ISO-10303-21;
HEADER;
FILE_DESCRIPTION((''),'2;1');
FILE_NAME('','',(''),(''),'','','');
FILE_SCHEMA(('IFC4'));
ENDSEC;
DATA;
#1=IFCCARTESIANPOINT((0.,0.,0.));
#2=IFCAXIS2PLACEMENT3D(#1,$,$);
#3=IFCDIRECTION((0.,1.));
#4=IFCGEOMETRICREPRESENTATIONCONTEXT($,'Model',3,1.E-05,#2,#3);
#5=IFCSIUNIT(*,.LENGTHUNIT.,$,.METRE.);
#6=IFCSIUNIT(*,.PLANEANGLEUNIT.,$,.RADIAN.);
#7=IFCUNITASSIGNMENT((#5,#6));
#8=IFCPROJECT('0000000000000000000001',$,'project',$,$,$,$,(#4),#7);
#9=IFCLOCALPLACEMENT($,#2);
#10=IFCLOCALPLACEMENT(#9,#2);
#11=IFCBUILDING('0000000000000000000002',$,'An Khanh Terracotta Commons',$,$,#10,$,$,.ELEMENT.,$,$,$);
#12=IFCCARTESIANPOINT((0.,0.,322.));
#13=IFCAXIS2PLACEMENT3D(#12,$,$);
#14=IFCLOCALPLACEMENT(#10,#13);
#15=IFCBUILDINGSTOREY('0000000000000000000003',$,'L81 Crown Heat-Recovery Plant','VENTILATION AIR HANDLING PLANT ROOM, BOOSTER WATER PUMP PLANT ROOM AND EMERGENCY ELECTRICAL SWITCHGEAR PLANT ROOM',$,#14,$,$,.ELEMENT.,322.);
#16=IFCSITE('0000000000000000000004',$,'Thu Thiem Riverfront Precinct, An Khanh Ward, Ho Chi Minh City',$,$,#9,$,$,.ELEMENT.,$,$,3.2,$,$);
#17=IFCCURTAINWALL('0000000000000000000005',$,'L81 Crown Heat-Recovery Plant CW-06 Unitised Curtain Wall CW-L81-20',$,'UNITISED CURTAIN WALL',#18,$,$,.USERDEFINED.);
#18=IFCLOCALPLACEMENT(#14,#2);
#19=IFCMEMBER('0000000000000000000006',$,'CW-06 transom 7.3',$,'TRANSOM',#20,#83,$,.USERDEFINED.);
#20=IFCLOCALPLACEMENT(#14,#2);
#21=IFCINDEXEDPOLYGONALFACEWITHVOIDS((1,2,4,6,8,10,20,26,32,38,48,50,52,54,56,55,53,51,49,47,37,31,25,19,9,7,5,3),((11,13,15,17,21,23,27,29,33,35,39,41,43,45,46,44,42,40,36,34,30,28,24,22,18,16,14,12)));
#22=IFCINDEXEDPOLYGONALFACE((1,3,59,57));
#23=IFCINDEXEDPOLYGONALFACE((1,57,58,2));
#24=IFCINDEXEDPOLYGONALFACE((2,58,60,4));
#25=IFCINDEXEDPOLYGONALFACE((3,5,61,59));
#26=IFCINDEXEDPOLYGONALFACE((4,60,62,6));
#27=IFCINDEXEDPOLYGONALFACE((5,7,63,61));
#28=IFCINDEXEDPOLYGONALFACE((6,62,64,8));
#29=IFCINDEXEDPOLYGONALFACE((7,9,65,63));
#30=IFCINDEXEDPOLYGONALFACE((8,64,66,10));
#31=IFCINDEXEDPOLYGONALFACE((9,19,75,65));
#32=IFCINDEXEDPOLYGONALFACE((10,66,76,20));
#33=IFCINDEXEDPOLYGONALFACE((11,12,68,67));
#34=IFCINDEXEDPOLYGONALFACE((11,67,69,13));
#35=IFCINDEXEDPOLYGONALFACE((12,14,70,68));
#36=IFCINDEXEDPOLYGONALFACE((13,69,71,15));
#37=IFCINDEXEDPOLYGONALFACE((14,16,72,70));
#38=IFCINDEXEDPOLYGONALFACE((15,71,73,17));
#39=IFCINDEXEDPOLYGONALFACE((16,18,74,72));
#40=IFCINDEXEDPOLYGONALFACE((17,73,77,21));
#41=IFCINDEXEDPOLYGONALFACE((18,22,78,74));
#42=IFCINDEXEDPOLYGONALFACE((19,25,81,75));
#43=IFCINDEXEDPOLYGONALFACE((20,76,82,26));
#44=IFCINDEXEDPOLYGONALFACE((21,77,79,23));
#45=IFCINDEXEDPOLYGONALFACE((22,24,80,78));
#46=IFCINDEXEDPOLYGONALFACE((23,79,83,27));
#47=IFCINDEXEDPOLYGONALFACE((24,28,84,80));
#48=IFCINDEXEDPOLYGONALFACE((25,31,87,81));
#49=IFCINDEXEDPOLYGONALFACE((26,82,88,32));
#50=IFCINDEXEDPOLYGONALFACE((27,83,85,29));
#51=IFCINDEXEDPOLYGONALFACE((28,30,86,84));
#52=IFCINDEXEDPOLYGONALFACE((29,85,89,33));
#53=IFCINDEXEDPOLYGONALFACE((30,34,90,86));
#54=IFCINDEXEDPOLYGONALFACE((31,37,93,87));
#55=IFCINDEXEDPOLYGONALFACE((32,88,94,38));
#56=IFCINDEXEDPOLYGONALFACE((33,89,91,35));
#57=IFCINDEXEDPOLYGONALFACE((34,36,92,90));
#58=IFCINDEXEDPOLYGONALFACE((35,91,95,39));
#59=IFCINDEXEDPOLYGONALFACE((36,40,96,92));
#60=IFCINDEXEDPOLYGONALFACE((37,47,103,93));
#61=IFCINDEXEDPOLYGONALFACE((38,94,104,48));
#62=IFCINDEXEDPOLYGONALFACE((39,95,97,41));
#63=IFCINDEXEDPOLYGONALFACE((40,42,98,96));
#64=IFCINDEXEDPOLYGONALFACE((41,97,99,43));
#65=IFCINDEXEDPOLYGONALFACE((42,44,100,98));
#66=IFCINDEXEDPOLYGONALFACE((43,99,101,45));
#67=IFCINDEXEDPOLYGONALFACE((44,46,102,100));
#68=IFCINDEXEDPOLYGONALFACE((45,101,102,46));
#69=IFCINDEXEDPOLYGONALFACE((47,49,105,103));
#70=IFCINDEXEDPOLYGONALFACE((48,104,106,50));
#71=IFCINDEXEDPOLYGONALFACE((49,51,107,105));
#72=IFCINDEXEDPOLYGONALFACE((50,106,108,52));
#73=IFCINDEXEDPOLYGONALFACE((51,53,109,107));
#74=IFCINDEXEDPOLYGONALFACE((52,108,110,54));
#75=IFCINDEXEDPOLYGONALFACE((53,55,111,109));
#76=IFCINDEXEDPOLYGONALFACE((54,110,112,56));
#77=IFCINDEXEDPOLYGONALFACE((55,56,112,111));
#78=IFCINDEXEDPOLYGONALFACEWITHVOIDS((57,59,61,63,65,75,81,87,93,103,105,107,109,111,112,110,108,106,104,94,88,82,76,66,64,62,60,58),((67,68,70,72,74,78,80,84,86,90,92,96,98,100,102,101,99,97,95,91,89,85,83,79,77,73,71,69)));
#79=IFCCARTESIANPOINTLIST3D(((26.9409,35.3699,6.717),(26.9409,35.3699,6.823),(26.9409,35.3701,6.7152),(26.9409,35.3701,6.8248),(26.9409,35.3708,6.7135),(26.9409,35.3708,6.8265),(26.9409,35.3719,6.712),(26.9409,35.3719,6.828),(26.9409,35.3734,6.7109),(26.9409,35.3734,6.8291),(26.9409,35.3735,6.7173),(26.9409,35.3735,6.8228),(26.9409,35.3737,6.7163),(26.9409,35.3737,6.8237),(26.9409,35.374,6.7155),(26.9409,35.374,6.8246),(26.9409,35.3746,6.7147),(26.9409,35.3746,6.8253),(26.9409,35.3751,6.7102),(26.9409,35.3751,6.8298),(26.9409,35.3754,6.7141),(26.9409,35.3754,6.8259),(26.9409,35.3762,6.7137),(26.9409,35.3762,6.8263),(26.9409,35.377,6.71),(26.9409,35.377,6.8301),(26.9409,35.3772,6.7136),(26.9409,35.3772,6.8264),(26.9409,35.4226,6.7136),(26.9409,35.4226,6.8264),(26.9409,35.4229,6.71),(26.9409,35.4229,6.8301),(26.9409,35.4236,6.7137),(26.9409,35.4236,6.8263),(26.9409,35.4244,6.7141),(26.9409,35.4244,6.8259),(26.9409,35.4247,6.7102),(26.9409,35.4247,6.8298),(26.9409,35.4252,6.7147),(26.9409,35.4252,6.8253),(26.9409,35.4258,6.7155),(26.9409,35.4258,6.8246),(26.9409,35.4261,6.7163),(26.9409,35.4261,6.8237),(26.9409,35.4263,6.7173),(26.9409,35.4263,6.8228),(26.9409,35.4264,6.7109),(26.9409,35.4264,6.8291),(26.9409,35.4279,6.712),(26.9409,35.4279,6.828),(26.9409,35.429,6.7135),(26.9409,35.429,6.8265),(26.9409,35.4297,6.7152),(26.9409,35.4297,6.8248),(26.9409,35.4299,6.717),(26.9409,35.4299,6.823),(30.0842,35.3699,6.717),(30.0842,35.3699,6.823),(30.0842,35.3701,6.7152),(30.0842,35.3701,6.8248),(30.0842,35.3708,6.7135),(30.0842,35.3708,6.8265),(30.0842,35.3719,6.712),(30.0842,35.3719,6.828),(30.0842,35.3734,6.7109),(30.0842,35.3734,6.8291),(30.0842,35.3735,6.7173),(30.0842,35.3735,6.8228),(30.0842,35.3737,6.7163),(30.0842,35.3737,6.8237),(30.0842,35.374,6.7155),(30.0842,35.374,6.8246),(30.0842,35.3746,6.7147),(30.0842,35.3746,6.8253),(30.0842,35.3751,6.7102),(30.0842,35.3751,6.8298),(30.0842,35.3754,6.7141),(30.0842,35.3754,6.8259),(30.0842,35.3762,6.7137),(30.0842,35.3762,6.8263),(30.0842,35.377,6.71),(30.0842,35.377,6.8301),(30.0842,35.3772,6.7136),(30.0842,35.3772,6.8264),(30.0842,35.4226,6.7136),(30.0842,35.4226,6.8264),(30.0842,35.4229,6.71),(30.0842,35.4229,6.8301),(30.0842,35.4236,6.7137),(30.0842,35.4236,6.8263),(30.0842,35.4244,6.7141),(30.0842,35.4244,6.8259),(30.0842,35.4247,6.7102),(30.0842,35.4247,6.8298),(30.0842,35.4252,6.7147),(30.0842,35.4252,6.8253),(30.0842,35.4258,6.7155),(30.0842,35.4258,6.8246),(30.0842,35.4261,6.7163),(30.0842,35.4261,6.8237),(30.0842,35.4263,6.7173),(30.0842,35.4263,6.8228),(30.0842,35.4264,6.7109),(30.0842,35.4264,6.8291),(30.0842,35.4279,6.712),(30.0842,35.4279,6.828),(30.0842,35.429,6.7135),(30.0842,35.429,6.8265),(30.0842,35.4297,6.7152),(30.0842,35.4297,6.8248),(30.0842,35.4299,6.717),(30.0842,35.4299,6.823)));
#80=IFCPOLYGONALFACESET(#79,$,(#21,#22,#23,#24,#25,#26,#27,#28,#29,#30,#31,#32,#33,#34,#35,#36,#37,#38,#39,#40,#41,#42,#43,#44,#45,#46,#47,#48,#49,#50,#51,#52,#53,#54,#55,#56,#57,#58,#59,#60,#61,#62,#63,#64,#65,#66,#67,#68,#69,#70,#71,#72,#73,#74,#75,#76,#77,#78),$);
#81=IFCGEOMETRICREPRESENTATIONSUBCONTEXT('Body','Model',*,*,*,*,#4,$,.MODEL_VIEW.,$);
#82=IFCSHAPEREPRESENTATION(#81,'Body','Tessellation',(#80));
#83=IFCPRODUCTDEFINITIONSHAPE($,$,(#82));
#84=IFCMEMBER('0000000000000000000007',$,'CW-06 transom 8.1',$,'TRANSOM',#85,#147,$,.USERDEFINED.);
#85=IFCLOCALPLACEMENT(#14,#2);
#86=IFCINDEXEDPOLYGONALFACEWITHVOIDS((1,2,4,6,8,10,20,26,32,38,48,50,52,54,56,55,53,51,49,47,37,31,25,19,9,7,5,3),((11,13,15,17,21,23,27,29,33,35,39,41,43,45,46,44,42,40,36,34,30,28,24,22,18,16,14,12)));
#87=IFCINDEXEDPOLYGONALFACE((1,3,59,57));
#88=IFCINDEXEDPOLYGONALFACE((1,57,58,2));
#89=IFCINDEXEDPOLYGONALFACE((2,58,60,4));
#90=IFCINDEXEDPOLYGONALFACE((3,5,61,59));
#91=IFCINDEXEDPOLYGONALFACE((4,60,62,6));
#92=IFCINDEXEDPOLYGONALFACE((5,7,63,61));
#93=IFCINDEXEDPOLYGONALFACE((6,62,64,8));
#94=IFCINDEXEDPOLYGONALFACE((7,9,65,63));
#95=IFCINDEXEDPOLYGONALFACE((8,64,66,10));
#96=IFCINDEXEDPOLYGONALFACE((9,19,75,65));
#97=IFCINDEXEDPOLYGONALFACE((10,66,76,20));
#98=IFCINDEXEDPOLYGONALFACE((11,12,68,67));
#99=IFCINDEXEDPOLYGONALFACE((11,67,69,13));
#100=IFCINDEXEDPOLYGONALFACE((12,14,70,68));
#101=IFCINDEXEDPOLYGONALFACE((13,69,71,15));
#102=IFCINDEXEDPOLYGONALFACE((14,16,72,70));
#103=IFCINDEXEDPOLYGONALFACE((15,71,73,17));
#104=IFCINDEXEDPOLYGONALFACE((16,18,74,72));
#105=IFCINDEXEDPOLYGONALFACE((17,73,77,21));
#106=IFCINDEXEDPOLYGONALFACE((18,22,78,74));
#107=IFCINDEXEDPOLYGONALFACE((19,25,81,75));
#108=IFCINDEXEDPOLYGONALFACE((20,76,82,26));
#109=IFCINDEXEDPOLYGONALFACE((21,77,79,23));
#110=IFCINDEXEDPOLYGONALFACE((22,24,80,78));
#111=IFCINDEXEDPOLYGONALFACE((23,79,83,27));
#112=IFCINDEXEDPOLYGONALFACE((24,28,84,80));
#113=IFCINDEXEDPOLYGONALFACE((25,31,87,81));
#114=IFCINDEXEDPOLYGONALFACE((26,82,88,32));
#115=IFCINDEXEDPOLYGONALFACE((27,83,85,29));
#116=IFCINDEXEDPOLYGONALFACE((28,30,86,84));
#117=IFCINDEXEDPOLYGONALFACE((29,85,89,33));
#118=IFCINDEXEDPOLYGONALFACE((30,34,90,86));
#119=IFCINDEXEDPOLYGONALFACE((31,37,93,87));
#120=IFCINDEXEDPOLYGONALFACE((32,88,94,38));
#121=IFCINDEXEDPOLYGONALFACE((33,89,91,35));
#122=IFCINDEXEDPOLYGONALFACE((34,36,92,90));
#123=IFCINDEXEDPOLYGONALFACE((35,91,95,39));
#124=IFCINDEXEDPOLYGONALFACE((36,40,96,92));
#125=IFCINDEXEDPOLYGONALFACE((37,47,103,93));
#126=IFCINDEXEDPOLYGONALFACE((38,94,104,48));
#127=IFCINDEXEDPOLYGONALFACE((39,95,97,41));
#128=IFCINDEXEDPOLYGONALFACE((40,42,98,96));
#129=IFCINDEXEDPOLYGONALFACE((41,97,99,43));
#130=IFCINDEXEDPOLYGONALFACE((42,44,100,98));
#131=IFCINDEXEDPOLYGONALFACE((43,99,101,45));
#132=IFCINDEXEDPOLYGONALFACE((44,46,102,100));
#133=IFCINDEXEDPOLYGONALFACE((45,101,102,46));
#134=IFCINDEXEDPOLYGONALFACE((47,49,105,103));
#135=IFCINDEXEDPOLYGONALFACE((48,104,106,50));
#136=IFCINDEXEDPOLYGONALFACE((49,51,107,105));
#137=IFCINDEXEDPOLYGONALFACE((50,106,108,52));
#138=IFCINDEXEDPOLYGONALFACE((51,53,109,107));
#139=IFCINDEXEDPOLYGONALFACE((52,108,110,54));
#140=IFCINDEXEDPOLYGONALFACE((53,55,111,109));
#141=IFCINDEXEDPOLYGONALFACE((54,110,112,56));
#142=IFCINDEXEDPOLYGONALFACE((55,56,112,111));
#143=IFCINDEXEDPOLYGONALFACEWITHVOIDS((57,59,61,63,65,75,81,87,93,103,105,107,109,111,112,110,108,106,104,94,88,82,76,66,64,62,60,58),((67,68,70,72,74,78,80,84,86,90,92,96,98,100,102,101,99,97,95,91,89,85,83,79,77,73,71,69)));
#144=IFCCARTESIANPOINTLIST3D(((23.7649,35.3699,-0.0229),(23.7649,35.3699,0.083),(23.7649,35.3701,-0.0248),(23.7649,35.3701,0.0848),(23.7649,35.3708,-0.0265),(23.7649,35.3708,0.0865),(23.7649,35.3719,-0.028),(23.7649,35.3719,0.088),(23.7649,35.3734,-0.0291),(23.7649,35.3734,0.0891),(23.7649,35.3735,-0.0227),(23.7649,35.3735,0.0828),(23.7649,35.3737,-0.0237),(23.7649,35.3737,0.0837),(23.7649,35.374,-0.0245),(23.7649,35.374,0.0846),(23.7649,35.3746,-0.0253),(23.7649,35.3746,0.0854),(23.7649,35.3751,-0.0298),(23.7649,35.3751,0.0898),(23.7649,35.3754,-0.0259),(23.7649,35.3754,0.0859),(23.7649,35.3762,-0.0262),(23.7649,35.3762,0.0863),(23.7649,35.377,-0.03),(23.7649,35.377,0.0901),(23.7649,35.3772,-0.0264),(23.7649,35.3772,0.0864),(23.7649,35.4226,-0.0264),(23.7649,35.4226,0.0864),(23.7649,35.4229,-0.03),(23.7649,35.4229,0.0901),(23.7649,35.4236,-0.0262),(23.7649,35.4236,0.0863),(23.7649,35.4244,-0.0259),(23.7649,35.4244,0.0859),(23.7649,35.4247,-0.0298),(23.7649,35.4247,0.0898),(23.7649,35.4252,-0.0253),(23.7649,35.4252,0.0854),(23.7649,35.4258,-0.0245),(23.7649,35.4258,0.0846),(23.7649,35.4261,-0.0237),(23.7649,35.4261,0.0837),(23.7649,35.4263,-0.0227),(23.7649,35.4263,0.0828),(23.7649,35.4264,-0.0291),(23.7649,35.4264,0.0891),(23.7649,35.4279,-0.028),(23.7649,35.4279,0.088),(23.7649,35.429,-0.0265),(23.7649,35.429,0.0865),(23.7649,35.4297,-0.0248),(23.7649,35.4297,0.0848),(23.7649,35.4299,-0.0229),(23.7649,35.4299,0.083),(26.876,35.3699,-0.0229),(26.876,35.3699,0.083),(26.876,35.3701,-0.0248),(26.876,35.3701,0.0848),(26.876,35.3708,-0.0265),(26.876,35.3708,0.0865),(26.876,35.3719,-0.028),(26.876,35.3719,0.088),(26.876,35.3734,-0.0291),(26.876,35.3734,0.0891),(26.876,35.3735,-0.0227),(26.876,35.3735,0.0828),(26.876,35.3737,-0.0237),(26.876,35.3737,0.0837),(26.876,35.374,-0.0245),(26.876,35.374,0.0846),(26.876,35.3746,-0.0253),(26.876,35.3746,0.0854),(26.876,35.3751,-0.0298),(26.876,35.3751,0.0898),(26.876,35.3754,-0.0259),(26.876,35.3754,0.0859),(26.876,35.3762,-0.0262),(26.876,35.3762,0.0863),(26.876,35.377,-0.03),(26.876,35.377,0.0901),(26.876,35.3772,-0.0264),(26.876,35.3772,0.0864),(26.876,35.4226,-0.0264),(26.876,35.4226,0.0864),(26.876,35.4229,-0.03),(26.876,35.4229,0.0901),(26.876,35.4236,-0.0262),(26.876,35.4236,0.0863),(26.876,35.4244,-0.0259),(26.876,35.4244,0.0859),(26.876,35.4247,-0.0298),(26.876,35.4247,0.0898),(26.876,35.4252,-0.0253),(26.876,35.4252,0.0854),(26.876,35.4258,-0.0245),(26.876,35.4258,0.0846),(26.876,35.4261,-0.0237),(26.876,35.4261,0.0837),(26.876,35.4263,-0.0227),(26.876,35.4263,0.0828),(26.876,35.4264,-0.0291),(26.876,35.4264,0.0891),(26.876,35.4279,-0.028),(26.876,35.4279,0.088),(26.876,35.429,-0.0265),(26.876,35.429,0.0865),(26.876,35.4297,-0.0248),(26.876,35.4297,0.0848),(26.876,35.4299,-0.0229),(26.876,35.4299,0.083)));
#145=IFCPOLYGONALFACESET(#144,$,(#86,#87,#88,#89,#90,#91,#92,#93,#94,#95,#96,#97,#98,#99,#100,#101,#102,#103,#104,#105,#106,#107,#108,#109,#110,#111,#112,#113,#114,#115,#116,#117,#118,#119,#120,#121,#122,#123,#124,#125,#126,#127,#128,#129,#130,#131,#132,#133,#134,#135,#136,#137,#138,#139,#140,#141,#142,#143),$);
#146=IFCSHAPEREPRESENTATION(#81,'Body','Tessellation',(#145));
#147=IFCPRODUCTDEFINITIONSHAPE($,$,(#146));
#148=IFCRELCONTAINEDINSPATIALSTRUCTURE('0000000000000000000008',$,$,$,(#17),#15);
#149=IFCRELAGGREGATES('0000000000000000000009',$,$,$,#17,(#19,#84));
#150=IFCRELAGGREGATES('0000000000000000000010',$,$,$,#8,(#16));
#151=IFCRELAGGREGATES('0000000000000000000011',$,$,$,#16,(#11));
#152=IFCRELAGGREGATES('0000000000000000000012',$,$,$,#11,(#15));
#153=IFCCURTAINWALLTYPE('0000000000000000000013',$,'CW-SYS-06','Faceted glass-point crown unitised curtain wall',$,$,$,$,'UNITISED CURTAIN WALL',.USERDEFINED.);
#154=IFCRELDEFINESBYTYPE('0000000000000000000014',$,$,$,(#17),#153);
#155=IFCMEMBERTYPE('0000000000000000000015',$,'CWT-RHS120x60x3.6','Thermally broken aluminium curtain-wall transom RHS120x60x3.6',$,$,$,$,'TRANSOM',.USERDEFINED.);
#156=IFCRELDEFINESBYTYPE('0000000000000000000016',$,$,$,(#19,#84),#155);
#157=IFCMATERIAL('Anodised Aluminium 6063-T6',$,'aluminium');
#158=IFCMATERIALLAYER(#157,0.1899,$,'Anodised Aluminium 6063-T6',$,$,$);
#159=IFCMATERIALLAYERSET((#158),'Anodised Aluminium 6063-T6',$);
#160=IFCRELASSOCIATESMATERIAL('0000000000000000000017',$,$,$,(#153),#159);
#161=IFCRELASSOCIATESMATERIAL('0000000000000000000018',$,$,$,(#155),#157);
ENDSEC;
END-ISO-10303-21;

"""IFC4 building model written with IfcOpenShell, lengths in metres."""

from ifc_helpers import new_model, si_unit, direction, frame, origin, origin_2d, place, context, subcontext, project, spatial, hollow_rectangle, extrude, material, layer, layer_set, material_profile, profile_set, type_object, element, aggregate, save


model = new_model("IFC4")

# Units and contexts
model_context = context("Model", 3, precision=1e-05, world=origin(), true_north=direction((0.0, 1.0)))
body_context = subcontext(model_context, "Body", "Model", "MODEL_VIEW")
ifc_project = project(units=[si_unit("LENGTHUNIT", "METRE"), si_unit("PLANEANGLEUNIT", "RADIAN")], contexts=[model_context])

# Site, building, storey
site_placement = place(None, origin())
site = spatial("IfcSite", under=ifc_project, at=site_placement, Name="Thu Thiem Riverfront Precinct, An Khanh Ward, Ho Chi Minh City", CompositionType="ELEMENT", RefElevation=3.2)
building_placement = place(site_placement, origin())
building = spatial("IfcBuilding", under=site, at=building_placement, Name="An Khanh Terracotta Commons", CompositionType="ELEMENT")
storey_placement = place(building_placement, frame((0.0, 0.0, 322.0)))
storey = spatial("IfcBuildingStorey", under=building, at=storey_placement, Name="L81 Crown Heat-Recovery Plant", Description="VENTILATION AIR HANDLING PLANT ROOM, BOOSTER WATER PUMP PLANT ROOM AND EMERGENCY ELECTRICAL SWITCHGEAR PLANT ROOM", CompositionType="ELEMENT", Elevation=322.0)

# Curtain wall, members
ifc_material_1 = material(Name="Anodised Aluminium 6063-T6", Category="aluminium")
ifc_layer_1 = layer(ifc_material_1, 0.1899, Name="Anodised Aluminium 6063-T6")
ifc_layer_set_1 = layer_set([ifc_layer_1], Name="Anodised Aluminium 6063-T6")
curtain_wall_type = type_object("IfcCurtainWallType", Name="CW-SYS-06", Description="Faceted glass-point crown unitised curtain wall", ElementType="UNITISED CURTAIN WALL", PredefinedType="USERDEFINED", material=ifc_layer_set_1)
curtain_wall_placement = place(storey_placement, origin())
curtain_wall = element("IfcCurtainWall", 1, at=curtain_wall_placement, inside=storey, type_object=curtain_wall_type, Name="L81 Crown Heat-Recovery Plant CW-06 Unitised Curtain Wall CW-L81-20", ObjectType="UNITISED CURTAIN WALL", PredefinedType="USERDEFINED")
ifc_material_profile_1 = material_profile(ifc_material_1, hollow_rectangle(XDim=0.0601, YDim=0.1201, WallThickness=0.0037, InnerFilletRadius=0.0037, OuterFilletRadius=0.0071, at=origin_2d()), Name="RHS120x60x3.6")
ifc_profile_set_1 = profile_set([ifc_material_profile_1], Name="Anodised Aluminium 6063-T6")
member_type_1 = type_object("IfcMemberType", Name="CWT-RHS120x60x3.6", Description="Thermally broken aluminium curtain-wall transom RHS120x60x3.6", ElementType="TRANSOM", PredefinedType="USERDEFINED", material=ifc_profile_set_1)
member_1_placement = place(storey_placement, frame((30.0842, 35.3999, 6.77), z_axis=(-1.0, 0.0, 0.0), x_axis=(0.0, -1.0, 0.0)))
member_1 = element("IfcMember", 2, at=member_1_placement, type_object=member_type_1, Name="CW-06 transom 7.3", ObjectType="TRANSOM", PredefinedType="USERDEFINED", context=body_context, shape_type="SweptSolid", body=[
    extrude(hollow_rectangle(XDim=0.0601, YDim=0.1201, WallThickness=0.0037, InnerFilletRadius=0.0037, OuterFilletRadius=0.0071, at=origin_2d()), origin(), (0.0, 0.0, 1.0), 3.1433),
])
member_2_placement = place(storey_placement, frame((26.876, 35.3999, 0.03), z_axis=(-1.0, 0.0, 0.0), x_axis=(0.0, -1.0, 0.0)))
member_2 = element("IfcMember", 3, at=member_2_placement, type_object=member_type_1, Name="CW-06 transom 8.1", ObjectType="TRANSOM", PredefinedType="USERDEFINED", context=body_context, shape_type="SweptSolid", body=[
    extrude(hollow_rectangle(XDim=0.0601, YDim=0.1201, WallThickness=0.0037, InnerFilletRadius=0.0037, OuterFilletRadius=0.0071, at=origin_2d()), origin(), (0.0, 0.0, 1.0), 3.1111),
])
aggregate(curtain_wall, [member_1, member_2])

save(model, "model.ifc")
